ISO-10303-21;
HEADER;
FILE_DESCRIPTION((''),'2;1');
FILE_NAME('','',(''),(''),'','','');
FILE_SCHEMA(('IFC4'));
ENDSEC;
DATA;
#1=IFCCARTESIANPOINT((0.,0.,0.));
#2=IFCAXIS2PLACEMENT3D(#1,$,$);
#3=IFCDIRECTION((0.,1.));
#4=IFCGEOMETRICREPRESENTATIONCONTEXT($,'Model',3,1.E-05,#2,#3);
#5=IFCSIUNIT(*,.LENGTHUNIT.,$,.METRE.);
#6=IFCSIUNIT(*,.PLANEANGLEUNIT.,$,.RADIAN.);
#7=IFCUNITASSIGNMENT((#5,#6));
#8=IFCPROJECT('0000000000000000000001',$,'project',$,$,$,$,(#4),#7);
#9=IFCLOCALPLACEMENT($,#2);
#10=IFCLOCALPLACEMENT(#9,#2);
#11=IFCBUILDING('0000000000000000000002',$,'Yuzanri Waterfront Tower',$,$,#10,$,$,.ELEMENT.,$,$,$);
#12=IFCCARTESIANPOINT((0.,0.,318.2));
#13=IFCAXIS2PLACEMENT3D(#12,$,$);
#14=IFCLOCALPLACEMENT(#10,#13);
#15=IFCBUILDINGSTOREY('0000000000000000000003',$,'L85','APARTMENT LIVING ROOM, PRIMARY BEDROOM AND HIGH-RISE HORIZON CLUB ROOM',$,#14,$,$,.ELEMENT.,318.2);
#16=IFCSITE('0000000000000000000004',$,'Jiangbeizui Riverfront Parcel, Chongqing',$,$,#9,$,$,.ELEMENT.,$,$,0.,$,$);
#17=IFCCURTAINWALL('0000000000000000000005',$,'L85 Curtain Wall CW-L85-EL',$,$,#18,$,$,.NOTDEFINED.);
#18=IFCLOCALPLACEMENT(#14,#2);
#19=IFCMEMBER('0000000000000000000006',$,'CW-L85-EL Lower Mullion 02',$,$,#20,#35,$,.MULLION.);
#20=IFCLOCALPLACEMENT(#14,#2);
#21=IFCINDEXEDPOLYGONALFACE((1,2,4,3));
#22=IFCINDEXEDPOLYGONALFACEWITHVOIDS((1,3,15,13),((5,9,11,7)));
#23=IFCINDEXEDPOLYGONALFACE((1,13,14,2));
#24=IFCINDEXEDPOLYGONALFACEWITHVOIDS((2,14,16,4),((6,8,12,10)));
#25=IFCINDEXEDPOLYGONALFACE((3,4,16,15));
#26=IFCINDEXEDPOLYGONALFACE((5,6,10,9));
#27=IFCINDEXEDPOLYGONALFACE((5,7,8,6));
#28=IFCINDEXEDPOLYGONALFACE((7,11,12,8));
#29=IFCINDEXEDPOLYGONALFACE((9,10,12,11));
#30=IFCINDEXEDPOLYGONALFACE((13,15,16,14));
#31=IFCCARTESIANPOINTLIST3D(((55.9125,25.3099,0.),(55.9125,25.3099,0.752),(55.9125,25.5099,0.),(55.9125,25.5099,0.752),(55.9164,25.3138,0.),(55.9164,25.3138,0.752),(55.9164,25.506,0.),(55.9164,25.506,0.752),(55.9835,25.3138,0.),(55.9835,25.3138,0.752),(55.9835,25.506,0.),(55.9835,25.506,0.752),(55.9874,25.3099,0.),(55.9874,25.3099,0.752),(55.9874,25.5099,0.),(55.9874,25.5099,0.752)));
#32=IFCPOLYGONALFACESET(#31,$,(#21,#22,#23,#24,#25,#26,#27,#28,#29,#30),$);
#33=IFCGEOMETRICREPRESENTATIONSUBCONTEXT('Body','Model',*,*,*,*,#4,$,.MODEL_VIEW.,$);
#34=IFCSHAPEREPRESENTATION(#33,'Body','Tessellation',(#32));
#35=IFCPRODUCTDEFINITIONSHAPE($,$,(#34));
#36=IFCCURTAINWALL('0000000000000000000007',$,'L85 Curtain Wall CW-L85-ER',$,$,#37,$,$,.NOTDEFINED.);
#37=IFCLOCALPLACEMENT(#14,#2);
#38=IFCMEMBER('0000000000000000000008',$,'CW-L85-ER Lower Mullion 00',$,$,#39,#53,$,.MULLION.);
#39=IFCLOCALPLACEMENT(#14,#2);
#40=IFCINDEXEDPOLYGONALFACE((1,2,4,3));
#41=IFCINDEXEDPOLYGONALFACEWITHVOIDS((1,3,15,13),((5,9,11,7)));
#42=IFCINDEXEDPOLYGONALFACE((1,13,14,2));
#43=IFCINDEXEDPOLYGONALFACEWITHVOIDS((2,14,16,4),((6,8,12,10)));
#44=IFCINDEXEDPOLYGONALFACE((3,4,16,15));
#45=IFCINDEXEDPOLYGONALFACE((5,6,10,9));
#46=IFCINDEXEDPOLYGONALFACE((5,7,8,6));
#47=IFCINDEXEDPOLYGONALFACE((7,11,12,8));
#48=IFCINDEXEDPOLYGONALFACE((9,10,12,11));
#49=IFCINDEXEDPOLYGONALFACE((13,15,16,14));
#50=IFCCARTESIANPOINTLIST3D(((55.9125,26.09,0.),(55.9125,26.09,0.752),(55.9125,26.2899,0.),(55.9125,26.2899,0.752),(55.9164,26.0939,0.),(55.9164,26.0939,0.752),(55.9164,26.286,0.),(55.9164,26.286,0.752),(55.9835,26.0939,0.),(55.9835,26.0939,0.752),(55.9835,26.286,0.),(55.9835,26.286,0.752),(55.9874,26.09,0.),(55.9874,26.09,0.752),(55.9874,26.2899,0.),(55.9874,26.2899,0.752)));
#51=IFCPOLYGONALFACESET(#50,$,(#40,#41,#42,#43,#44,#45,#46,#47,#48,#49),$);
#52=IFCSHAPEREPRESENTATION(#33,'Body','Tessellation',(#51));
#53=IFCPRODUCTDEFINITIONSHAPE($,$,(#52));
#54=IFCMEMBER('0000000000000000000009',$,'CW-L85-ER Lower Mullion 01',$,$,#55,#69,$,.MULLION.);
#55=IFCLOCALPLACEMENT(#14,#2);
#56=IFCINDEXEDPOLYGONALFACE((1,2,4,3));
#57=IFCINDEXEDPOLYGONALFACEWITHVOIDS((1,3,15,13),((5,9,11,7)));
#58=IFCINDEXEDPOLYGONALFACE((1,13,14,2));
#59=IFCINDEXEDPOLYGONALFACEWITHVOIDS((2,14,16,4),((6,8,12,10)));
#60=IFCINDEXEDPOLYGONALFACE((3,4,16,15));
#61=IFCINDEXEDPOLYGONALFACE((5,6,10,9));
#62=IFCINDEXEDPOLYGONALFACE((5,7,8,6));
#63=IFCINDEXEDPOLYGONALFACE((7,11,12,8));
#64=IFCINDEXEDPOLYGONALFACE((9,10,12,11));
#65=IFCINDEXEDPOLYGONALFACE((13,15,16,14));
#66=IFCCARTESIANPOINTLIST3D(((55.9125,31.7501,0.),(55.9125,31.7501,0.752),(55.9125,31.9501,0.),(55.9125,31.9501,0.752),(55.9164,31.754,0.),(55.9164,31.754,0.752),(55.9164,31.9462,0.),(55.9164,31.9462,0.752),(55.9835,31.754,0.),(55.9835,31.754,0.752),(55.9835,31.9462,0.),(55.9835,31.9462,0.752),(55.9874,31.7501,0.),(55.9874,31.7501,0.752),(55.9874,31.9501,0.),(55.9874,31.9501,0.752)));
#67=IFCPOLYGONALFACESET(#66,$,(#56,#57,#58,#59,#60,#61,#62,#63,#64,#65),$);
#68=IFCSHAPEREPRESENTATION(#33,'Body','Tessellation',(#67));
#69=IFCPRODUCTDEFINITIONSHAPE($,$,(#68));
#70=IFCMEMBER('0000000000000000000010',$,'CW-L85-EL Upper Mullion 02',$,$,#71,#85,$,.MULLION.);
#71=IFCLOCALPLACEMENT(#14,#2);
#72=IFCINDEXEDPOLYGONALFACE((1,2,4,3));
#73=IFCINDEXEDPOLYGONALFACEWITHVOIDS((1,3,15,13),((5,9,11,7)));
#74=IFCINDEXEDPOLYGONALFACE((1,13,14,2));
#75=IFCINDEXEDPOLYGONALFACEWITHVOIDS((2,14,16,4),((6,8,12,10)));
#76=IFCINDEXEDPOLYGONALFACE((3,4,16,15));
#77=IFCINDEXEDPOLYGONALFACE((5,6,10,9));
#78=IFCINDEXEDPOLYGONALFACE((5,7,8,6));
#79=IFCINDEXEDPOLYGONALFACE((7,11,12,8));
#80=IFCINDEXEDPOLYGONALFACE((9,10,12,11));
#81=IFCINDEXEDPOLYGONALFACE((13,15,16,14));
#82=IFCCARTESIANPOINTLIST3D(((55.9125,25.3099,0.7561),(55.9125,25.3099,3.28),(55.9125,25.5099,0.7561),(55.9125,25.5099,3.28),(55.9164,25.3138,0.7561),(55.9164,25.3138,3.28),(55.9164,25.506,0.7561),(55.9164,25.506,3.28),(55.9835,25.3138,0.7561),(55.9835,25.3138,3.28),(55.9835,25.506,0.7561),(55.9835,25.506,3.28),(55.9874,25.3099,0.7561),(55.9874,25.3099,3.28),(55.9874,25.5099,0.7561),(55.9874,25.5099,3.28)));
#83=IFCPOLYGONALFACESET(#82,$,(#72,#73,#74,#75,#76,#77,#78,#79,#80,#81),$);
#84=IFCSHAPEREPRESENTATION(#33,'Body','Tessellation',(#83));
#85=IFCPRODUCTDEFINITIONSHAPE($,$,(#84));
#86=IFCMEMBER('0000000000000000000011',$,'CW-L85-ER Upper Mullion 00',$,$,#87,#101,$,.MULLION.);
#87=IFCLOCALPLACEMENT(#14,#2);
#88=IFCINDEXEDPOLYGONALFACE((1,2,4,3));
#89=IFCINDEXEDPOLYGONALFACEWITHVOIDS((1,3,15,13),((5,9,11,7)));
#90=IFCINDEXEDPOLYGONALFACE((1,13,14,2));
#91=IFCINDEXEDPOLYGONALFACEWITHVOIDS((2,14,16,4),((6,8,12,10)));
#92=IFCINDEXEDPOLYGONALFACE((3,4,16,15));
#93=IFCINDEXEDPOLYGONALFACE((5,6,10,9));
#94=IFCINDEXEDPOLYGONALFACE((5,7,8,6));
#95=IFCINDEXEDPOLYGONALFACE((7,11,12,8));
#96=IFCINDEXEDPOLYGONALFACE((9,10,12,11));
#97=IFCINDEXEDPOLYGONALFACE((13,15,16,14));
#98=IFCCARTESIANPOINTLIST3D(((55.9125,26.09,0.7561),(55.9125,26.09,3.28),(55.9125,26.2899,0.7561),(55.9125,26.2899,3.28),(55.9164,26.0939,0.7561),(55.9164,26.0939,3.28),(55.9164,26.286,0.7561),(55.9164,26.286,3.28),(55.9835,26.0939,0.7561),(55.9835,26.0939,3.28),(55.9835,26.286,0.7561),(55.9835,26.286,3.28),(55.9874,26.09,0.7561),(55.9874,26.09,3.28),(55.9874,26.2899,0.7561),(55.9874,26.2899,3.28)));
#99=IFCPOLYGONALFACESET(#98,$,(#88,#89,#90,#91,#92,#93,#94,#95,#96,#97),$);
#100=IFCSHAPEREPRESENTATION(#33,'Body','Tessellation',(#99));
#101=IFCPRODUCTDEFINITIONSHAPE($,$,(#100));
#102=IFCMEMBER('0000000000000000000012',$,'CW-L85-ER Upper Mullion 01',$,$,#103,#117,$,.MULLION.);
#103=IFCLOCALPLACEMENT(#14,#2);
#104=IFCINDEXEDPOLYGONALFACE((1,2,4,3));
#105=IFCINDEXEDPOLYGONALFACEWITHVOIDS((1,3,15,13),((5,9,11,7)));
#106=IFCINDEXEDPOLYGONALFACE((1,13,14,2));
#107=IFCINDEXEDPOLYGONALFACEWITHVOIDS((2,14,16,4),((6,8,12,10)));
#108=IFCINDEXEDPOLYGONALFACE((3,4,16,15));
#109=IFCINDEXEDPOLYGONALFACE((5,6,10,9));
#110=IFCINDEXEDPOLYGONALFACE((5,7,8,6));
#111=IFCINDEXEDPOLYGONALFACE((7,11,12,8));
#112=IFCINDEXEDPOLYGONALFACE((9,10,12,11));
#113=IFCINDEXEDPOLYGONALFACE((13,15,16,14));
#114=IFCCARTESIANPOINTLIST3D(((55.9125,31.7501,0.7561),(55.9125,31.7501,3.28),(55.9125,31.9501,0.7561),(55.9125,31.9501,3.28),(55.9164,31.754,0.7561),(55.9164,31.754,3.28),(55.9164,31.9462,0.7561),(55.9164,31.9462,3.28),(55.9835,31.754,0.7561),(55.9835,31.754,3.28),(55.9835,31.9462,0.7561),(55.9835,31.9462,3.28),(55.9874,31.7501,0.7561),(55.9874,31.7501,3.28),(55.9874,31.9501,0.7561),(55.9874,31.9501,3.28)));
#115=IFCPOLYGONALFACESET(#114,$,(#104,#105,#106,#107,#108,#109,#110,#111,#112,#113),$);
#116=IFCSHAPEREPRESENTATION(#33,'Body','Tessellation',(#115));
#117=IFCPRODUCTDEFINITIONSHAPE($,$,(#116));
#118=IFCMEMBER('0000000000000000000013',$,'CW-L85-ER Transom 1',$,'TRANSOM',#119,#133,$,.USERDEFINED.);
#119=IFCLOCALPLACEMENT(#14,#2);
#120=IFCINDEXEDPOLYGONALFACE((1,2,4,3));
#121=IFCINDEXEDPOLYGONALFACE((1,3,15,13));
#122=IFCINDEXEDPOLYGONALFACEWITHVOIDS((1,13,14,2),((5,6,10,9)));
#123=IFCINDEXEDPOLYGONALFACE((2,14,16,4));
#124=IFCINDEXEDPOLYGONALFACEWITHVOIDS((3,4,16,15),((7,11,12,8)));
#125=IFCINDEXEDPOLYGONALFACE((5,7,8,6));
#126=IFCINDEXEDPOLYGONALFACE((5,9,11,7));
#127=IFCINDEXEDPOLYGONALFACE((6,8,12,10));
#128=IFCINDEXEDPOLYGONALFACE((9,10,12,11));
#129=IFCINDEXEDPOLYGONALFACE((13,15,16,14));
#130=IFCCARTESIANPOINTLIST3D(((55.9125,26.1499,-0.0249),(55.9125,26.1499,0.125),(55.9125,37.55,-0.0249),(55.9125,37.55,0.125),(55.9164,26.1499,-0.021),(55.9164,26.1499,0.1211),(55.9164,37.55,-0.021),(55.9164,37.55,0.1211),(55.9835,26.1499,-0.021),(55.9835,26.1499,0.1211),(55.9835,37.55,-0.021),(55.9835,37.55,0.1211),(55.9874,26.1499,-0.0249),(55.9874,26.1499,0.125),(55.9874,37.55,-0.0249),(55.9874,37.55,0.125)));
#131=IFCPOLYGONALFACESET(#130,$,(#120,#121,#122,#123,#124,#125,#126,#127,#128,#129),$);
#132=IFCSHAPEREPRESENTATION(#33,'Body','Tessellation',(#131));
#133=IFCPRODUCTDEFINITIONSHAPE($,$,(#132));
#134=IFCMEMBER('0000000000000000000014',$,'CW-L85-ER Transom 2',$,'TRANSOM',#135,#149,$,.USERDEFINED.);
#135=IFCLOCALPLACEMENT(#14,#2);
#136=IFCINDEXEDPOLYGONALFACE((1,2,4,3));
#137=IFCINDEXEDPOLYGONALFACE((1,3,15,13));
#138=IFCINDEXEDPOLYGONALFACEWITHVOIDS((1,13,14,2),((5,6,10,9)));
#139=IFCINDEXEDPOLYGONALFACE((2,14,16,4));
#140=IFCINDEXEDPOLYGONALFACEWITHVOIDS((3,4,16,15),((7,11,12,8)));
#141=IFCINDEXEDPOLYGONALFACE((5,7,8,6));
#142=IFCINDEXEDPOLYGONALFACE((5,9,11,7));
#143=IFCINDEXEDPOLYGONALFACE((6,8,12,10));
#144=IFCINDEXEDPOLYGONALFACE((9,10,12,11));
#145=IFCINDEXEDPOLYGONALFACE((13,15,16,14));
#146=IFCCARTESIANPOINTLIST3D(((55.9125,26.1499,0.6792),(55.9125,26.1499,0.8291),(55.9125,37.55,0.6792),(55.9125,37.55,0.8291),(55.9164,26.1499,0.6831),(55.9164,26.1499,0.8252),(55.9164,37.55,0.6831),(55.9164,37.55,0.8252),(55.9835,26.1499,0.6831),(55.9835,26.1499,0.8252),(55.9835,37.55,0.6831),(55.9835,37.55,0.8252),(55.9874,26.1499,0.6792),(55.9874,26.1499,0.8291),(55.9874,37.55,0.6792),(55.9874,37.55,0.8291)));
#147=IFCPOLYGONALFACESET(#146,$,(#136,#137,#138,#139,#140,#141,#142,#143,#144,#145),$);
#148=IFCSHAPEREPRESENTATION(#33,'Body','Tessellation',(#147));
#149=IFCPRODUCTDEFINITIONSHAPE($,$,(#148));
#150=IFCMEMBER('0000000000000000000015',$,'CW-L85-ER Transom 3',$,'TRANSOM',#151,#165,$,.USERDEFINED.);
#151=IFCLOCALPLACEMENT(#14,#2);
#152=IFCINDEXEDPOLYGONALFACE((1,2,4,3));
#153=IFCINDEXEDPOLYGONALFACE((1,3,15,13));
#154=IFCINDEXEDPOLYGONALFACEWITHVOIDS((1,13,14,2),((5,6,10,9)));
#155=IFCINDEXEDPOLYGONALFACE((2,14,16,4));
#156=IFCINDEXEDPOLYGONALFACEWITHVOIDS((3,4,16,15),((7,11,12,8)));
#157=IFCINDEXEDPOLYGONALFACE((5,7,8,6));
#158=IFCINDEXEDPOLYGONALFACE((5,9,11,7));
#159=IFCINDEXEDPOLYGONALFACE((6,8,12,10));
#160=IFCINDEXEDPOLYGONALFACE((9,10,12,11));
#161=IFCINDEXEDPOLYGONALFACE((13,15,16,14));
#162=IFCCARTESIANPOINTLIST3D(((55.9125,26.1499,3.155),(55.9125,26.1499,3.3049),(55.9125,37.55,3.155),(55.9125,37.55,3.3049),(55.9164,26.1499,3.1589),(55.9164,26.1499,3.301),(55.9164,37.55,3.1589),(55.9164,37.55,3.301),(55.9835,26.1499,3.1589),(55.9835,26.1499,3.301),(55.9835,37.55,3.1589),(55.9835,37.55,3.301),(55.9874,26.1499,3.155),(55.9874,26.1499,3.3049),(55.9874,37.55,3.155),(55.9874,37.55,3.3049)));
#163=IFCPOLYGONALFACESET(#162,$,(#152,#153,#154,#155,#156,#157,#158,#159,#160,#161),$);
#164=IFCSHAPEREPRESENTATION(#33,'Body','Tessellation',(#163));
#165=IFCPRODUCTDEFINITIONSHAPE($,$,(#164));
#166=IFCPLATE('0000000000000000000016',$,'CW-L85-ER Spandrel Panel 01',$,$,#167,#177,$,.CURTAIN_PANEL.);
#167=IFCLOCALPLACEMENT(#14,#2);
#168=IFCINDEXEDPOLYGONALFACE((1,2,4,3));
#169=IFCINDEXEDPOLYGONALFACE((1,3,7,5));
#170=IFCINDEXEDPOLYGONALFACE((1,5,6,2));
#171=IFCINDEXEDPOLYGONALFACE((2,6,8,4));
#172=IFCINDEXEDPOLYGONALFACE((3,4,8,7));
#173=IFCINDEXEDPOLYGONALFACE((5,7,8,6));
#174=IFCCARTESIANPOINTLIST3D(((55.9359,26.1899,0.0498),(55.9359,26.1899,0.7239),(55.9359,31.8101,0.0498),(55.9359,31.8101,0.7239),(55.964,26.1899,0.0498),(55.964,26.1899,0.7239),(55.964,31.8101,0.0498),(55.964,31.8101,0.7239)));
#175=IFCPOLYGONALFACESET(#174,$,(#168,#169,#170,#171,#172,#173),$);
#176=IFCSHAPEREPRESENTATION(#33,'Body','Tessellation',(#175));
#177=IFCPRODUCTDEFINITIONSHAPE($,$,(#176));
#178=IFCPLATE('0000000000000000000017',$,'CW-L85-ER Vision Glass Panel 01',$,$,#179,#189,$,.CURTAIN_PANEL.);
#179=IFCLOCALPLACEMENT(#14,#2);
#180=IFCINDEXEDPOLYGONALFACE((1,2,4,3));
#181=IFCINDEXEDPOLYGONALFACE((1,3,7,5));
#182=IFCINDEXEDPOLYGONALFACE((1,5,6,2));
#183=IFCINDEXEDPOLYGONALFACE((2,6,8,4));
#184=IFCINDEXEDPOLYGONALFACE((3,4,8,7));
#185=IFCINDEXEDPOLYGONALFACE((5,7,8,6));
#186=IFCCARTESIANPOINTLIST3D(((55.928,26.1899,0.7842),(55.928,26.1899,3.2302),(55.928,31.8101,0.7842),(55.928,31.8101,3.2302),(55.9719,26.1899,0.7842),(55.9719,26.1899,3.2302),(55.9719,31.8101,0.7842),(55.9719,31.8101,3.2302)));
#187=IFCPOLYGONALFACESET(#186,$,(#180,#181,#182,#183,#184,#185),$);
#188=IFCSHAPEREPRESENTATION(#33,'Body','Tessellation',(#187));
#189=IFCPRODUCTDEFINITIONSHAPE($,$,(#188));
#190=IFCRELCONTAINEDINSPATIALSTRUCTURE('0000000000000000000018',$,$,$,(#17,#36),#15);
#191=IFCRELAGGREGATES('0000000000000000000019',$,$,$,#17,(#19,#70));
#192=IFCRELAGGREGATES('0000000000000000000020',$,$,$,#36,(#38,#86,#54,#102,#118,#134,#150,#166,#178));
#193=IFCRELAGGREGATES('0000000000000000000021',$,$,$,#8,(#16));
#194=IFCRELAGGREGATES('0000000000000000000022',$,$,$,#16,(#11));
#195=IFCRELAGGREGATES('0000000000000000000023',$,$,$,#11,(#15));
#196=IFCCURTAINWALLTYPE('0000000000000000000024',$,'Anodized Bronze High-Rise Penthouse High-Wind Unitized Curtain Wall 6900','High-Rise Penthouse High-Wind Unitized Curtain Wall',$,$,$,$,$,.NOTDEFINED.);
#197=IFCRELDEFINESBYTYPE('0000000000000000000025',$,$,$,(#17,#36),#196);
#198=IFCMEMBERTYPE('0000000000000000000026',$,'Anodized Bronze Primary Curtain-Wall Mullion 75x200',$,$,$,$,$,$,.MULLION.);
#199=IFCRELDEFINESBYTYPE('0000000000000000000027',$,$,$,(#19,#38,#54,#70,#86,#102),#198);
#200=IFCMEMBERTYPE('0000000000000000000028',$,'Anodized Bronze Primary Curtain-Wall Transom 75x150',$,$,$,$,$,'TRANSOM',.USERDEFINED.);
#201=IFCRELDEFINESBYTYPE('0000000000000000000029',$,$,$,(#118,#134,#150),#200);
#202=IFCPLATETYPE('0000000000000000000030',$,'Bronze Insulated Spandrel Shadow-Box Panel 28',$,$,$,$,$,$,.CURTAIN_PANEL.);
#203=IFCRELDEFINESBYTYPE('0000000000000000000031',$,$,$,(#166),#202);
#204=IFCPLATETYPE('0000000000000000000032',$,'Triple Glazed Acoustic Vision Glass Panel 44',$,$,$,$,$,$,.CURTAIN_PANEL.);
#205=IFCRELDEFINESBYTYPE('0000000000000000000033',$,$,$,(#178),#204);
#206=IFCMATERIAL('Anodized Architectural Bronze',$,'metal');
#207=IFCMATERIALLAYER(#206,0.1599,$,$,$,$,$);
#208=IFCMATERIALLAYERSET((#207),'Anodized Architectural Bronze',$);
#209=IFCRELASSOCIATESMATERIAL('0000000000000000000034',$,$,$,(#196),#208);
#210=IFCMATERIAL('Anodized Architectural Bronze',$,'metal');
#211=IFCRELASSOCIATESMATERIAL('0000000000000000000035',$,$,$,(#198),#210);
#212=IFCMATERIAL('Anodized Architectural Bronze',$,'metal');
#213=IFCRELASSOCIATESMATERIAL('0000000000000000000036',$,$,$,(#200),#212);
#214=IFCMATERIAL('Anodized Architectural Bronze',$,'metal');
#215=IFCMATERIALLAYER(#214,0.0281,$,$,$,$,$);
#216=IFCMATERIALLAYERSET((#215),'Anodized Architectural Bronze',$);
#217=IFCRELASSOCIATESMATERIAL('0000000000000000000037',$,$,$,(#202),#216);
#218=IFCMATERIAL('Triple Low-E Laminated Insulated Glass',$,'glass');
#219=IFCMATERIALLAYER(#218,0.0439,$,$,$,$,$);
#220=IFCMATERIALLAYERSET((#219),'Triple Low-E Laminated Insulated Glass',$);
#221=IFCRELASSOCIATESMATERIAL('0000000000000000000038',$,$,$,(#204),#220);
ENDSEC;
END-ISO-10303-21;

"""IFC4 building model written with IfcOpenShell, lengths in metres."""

from ifc_helpers import new_model, si_unit, direction, frame, origin, origin_2d, place, context, subcontext, project, spatial, rectangle, hollow_rectangle, extrude, source, transform, mapped, material, layer, layer_set, material_profile, profile_set, type_object, element, aggregate, save


model = new_model("IFC4")

# Units and contexts
model_context = context("Model", 3, precision=1e-05, world=origin(), true_north=direction((0.0, 1.0)))
body_context = subcontext(model_context, "Body", "Model", "MODEL_VIEW")
ifc_project = project(units=[si_unit("LENGTHUNIT", "METRE"), si_unit("PLANEANGLEUNIT", "RADIAN")], contexts=[model_context])

# Site, building, storey
site_placement = place(None, origin())
site = spatial("IfcSite", under=ifc_project, at=site_placement, Name="Jiangbeizui Riverfront Parcel, Chongqing", CompositionType="ELEMENT", RefElevation=0.0)
building_placement = place(site_placement, origin())
building = spatial("IfcBuilding", under=site, at=building_placement, Name="Yuzanri Waterfront Tower", CompositionType="ELEMENT")
storey_placement = place(building_placement, frame((0.0, 0.0, 318.2)))
storey = spatial("IfcBuildingStorey", under=building, at=storey_placement, Name="L85", Description="APARTMENT LIVING ROOM, PRIMARY BEDROOM AND HIGH-RISE HORIZON CLUB ROOM", CompositionType="ELEMENT", Elevation=318.2)

# Curtain wall, member
ifc_material_1 = material(Name="Anodized Architectural Bronze", Category="metal")
ifc_layer_1 = layer(ifc_material_1, 0.1599)
ifc_layer_set_1 = layer_set([ifc_layer_1], Name="Anodized Architectural Bronze")
curtain_wall_type = type_object("IfcCurtainWallType", Name="Anodized Bronze High-Rise Penthouse High-Wind Unitized Curtain Wall 6900", Description="High-Rise Penthouse High-Wind Unitized Curtain Wall", PredefinedType="NOTDEFINED", material=ifc_layer_set_1)
curtain_wall_1_placement = place(storey_placement, origin())
curtain_wall_1 = element("IfcCurtainWall", 1, at=curtain_wall_1_placement, inside=storey, type_object=curtain_wall_type, Name="L85 Curtain Wall CW-L85-EL", PredefinedType="NOTDEFINED")
ifc_material_2 = material(Name="Anodized Architectural Bronze", Category="metal")
ifc_material_profile_1 = material_profile(ifc_material_2, hollow_rectangle(XDim=0.075, YDim=0.2, WallThickness=0.0039, at=origin_2d()), Name="CWM 75x200")
ifc_profile_set_1 = profile_set([ifc_material_profile_1], Name="Anodized Architectural Bronze")
member_type_1 = type_object("IfcMemberType", Name="Anodized Bronze Primary Curtain-Wall Mullion 75x200", PredefinedType="MULLION", material=ifc_profile_set_1)
shared_shape_1 = source(origin(), body_context, "Body", "SweptSolid", [
    extrude(hollow_rectangle(XDim=0.075, YDim=0.2, WallThickness=0.0039, at=origin_2d()), origin(), (0.0, 0.0, 1.0), 0.752),
])
member_1_placement = place(storey_placement, frame((55.95, 25.4099, 0.0), z_axis=(0.0, 0.0, 1.0), x_axis=(1.0, 0.0, 0.0)))
member_1 = element("IfcMember", 2, at=member_1_placement, type_object=member_type_1, Name="CW-L85-EL Lower Mullion 02", PredefinedType="MULLION", context=body_context, shape_type="MappedRepresentation", body=[
    mapped(shared_shape_1, transform((0.0, 0.0, 0.0), scale=1.0)),
])

# Curtain wall, members
curtain_wall_2_placement = place(storey_placement, origin())
curtain_wall_2 = element("IfcCurtainWall", 3, at=curtain_wall_2_placement, inside=storey, type_object=curtain_wall_type, Name="L85 Curtain Wall CW-L85-ER", PredefinedType="NOTDEFINED")
member_2_placement = place(storey_placement, frame((55.95, 26.1899, 0.0), z_axis=(0.0, 0.0, 1.0), x_axis=(1.0, 0.0, 0.0)))
member_2 = element("IfcMember", 4, at=member_2_placement, type_object=member_type_1, Name="CW-L85-ER Lower Mullion 00", PredefinedType="MULLION", context=body_context, shape_type="MappedRepresentation", body=[
    mapped(shared_shape_1, transform((0.0, 0.0, 0.0), scale=1.0)),
])
member_3_placement = place(storey_placement, frame((55.95, 31.8501, 0.0), z_axis=(0.0, 0.0, 1.0), x_axis=(1.0, 0.0, 0.0)))
member_3 = element("IfcMember", 5, at=member_3_placement, type_object=member_type_1, Name="CW-L85-ER Lower Mullion 01", PredefinedType="MULLION", context=body_context, shape_type="MappedRepresentation", body=[
    mapped(shared_shape_1, transform((0.0, 0.0, 0.0), scale=1.0)),
])

# Members
shared_shape_2 = source(origin(), body_context, "Body", "SweptSolid", [
    extrude(hollow_rectangle(XDim=0.075, YDim=0.2, WallThickness=0.0039, at=origin_2d()), origin(), (0.0, 0.0, 1.0), 2.5239),
])
member_4_placement = place(storey_placement, frame((55.95, 25.4099, 0.7561), z_axis=(0.0, 0.0, 1.0), x_axis=(1.0, 0.0, 0.0)))
member_4 = element("IfcMember", 6, at=member_4_placement, type_object=member_type_1, Name="CW-L85-EL Upper Mullion 02", PredefinedType="MULLION", context=body_context, shape_type="MappedRepresentation", body=[
    mapped(shared_shape_2, transform((0.0, 0.0, 0.0), scale=1.0)),
])
aggregate(curtain_wall_1, [member_1, member_4])
member_5_placement = place(storey_placement, frame((55.95, 26.1899, 0.7561), z_axis=(0.0, 0.0, 1.0), x_axis=(1.0, 0.0, 0.0)))
member_5 = element("IfcMember", 7, at=member_5_placement, type_object=member_type_1, Name="CW-L85-ER Upper Mullion 00", PredefinedType="MULLION", context=body_context, shape_type="MappedRepresentation", body=[
    mapped(shared_shape_2, transform((0.0, 0.0, 0.0), scale=1.0)),
])
member_6_placement = place(storey_placement, frame((55.95, 31.8501, 0.7561), z_axis=(0.0, 0.0, 1.0), x_axis=(1.0, 0.0, 0.0)))
member_6 = element("IfcMember", 8, at=member_6_placement, type_object=member_type_1, Name="CW-L85-ER Upper Mullion 01", PredefinedType="MULLION", context=body_context, shape_type="MappedRepresentation", body=[
    mapped(shared_shape_2, transform((0.0, 0.0, 0.0), scale=1.0)),
])
ifc_material_3 = material(Name="Anodized Architectural Bronze", Category="metal")
ifc_material_profile_2 = material_profile(ifc_material_3, hollow_rectangle(XDim=0.075, YDim=0.1499, WallThickness=0.0039, at=origin_2d()), Name="CWT 75x150")
ifc_profile_set_2 = profile_set([ifc_material_profile_2], Name="Anodized Architectural Bronze")
member_type_2 = type_object("IfcMemberType", Name="Anodized Bronze Primary Curtain-Wall Transom 75x150", ElementType="TRANSOM", PredefinedType="USERDEFINED", material=ifc_profile_set_2)
shared_shape_3 = source(origin(), body_context, "Body", "SweptSolid", [
    extrude(hollow_rectangle(XDim=0.075, YDim=0.1499, WallThickness=0.0039, at=origin_2d()), origin(), (0.0, 0.0, 1.0), 11.4001),
])
member_7_placement = place(storey_placement, frame((55.95, 26.1499, 0.05), z_axis=(0.0, 1.0, 0.0), x_axis=(-1.0, 0.0, 0.0)))
member_7 = element("IfcMember", 9, at=member_7_placement, type_object=member_type_2, Name="CW-L85-ER Transom 1", ObjectType="TRANSOM", PredefinedType="USERDEFINED", context=body_context, shape_type="MappedRepresentation", body=[
    mapped(shared_shape_3, transform((0.0, 0.0, 0.0), scale=1.0)),
])
member_8_placement = place(storey_placement, frame((55.95, 26.1499, 0.7542), z_axis=(0.0, 1.0, 0.0), x_axis=(-1.0, 0.0, 0.0)))
member_8 = element("IfcMember", 10, at=member_8_placement, type_object=member_type_2, Name="CW-L85-ER Transom 2", ObjectType="TRANSOM", PredefinedType="USERDEFINED", context=body_context, shape_type="MappedRepresentation", body=[
    mapped(shared_shape_3, transform((0.0, 0.0, 0.0), scale=1.0)),
])
member_9_placement = place(storey_placement, frame((55.95, 26.1499, 3.23), z_axis=(0.0, 1.0, 0.0), x_axis=(-1.0, 0.0, 0.0)))
member_9 = element("IfcMember", 11, at=member_9_placement, type_object=member_type_2, Name="CW-L85-ER Transom 3", ObjectType="TRANSOM", PredefinedType="USERDEFINED", context=body_context, shape_type="MappedRepresentation", body=[
    mapped(shared_shape_3, transform((0.0, 0.0, 0.0), scale=1.0)),
])

# Plates
ifc_material_4 = material(Name="Anodized Architectural Bronze", Category="metal")
ifc_layer_2 = layer(ifc_material_4, 0.0281)
ifc_layer_set_2 = layer_set([ifc_layer_2], Name="Anodized Architectural Bronze")
plate_type_1 = type_object("IfcPlateType", Name="Bronze Insulated Spandrel Shadow-Box Panel 28", PredefinedType="CURTAIN_PANEL", material=ifc_layer_set_2)
shared_shape_4 = source(origin(), body_context, "Body", "SweptSolid", [
    extrude(rectangle(XDim=5.6201, YDim=0.0281, at=origin_2d()), origin(), (0.0, 0.0, 1.0), 0.6741),
])
plate_1_placement = place(storey_placement, frame((55.95, 29.0, 0.0498), z_axis=(0.0, 0.0, 1.0), x_axis=(0.0, 1.0, 0.0)))
plate_1 = element("IfcPlate", 12, at=plate_1_placement, type_object=plate_type_1, Name="CW-L85-ER Spandrel Panel 01", PredefinedType="CURTAIN_PANEL", context=body_context, shape_type="MappedRepresentation", body=[
    mapped(shared_shape_4, transform((0.0, 0.0, 0.0), scale=1.0)),
])
ifc_material_5 = material(Name="Triple Low-E Laminated Insulated Glass", Category="glass")
ifc_layer_3 = layer(ifc_material_5, 0.0439)
ifc_layer_set_3 = layer_set([ifc_layer_3], Name="Triple Low-E Laminated Insulated Glass")
plate_type_2 = type_object("IfcPlateType", Name="Triple Glazed Acoustic Vision Glass Panel 44", PredefinedType="CURTAIN_PANEL", material=ifc_layer_set_3)
shared_shape_5 = source(origin(), body_context, "Body", "SweptSolid", [
    extrude(rectangle(XDim=5.6201, YDim=0.0439, at=origin_2d()), origin(), (0.0, 0.0, 1.0), 2.446),
])
plate_2_placement = place(storey_placement, frame((55.95, 29.0, 0.7842), z_axis=(0.0, 0.0, 1.0), x_axis=(0.0, 1.0, 0.0)))
plate_2 = element("IfcPlate", 13, at=plate_2_placement, type_object=plate_type_2, Name="CW-L85-ER Vision Glass Panel 01", PredefinedType="CURTAIN_PANEL", context=body_context, shape_type="MappedRepresentation", body=[
    mapped(shared_shape_5, transform((0.0, 0.0, 0.0), scale=1.0)),
])
aggregate(curtain_wall_2, [member_2, member_5, member_3, member_6, member_7, member_8, member_9, plate_1, plate_2])

save(model, "model.ifc")
